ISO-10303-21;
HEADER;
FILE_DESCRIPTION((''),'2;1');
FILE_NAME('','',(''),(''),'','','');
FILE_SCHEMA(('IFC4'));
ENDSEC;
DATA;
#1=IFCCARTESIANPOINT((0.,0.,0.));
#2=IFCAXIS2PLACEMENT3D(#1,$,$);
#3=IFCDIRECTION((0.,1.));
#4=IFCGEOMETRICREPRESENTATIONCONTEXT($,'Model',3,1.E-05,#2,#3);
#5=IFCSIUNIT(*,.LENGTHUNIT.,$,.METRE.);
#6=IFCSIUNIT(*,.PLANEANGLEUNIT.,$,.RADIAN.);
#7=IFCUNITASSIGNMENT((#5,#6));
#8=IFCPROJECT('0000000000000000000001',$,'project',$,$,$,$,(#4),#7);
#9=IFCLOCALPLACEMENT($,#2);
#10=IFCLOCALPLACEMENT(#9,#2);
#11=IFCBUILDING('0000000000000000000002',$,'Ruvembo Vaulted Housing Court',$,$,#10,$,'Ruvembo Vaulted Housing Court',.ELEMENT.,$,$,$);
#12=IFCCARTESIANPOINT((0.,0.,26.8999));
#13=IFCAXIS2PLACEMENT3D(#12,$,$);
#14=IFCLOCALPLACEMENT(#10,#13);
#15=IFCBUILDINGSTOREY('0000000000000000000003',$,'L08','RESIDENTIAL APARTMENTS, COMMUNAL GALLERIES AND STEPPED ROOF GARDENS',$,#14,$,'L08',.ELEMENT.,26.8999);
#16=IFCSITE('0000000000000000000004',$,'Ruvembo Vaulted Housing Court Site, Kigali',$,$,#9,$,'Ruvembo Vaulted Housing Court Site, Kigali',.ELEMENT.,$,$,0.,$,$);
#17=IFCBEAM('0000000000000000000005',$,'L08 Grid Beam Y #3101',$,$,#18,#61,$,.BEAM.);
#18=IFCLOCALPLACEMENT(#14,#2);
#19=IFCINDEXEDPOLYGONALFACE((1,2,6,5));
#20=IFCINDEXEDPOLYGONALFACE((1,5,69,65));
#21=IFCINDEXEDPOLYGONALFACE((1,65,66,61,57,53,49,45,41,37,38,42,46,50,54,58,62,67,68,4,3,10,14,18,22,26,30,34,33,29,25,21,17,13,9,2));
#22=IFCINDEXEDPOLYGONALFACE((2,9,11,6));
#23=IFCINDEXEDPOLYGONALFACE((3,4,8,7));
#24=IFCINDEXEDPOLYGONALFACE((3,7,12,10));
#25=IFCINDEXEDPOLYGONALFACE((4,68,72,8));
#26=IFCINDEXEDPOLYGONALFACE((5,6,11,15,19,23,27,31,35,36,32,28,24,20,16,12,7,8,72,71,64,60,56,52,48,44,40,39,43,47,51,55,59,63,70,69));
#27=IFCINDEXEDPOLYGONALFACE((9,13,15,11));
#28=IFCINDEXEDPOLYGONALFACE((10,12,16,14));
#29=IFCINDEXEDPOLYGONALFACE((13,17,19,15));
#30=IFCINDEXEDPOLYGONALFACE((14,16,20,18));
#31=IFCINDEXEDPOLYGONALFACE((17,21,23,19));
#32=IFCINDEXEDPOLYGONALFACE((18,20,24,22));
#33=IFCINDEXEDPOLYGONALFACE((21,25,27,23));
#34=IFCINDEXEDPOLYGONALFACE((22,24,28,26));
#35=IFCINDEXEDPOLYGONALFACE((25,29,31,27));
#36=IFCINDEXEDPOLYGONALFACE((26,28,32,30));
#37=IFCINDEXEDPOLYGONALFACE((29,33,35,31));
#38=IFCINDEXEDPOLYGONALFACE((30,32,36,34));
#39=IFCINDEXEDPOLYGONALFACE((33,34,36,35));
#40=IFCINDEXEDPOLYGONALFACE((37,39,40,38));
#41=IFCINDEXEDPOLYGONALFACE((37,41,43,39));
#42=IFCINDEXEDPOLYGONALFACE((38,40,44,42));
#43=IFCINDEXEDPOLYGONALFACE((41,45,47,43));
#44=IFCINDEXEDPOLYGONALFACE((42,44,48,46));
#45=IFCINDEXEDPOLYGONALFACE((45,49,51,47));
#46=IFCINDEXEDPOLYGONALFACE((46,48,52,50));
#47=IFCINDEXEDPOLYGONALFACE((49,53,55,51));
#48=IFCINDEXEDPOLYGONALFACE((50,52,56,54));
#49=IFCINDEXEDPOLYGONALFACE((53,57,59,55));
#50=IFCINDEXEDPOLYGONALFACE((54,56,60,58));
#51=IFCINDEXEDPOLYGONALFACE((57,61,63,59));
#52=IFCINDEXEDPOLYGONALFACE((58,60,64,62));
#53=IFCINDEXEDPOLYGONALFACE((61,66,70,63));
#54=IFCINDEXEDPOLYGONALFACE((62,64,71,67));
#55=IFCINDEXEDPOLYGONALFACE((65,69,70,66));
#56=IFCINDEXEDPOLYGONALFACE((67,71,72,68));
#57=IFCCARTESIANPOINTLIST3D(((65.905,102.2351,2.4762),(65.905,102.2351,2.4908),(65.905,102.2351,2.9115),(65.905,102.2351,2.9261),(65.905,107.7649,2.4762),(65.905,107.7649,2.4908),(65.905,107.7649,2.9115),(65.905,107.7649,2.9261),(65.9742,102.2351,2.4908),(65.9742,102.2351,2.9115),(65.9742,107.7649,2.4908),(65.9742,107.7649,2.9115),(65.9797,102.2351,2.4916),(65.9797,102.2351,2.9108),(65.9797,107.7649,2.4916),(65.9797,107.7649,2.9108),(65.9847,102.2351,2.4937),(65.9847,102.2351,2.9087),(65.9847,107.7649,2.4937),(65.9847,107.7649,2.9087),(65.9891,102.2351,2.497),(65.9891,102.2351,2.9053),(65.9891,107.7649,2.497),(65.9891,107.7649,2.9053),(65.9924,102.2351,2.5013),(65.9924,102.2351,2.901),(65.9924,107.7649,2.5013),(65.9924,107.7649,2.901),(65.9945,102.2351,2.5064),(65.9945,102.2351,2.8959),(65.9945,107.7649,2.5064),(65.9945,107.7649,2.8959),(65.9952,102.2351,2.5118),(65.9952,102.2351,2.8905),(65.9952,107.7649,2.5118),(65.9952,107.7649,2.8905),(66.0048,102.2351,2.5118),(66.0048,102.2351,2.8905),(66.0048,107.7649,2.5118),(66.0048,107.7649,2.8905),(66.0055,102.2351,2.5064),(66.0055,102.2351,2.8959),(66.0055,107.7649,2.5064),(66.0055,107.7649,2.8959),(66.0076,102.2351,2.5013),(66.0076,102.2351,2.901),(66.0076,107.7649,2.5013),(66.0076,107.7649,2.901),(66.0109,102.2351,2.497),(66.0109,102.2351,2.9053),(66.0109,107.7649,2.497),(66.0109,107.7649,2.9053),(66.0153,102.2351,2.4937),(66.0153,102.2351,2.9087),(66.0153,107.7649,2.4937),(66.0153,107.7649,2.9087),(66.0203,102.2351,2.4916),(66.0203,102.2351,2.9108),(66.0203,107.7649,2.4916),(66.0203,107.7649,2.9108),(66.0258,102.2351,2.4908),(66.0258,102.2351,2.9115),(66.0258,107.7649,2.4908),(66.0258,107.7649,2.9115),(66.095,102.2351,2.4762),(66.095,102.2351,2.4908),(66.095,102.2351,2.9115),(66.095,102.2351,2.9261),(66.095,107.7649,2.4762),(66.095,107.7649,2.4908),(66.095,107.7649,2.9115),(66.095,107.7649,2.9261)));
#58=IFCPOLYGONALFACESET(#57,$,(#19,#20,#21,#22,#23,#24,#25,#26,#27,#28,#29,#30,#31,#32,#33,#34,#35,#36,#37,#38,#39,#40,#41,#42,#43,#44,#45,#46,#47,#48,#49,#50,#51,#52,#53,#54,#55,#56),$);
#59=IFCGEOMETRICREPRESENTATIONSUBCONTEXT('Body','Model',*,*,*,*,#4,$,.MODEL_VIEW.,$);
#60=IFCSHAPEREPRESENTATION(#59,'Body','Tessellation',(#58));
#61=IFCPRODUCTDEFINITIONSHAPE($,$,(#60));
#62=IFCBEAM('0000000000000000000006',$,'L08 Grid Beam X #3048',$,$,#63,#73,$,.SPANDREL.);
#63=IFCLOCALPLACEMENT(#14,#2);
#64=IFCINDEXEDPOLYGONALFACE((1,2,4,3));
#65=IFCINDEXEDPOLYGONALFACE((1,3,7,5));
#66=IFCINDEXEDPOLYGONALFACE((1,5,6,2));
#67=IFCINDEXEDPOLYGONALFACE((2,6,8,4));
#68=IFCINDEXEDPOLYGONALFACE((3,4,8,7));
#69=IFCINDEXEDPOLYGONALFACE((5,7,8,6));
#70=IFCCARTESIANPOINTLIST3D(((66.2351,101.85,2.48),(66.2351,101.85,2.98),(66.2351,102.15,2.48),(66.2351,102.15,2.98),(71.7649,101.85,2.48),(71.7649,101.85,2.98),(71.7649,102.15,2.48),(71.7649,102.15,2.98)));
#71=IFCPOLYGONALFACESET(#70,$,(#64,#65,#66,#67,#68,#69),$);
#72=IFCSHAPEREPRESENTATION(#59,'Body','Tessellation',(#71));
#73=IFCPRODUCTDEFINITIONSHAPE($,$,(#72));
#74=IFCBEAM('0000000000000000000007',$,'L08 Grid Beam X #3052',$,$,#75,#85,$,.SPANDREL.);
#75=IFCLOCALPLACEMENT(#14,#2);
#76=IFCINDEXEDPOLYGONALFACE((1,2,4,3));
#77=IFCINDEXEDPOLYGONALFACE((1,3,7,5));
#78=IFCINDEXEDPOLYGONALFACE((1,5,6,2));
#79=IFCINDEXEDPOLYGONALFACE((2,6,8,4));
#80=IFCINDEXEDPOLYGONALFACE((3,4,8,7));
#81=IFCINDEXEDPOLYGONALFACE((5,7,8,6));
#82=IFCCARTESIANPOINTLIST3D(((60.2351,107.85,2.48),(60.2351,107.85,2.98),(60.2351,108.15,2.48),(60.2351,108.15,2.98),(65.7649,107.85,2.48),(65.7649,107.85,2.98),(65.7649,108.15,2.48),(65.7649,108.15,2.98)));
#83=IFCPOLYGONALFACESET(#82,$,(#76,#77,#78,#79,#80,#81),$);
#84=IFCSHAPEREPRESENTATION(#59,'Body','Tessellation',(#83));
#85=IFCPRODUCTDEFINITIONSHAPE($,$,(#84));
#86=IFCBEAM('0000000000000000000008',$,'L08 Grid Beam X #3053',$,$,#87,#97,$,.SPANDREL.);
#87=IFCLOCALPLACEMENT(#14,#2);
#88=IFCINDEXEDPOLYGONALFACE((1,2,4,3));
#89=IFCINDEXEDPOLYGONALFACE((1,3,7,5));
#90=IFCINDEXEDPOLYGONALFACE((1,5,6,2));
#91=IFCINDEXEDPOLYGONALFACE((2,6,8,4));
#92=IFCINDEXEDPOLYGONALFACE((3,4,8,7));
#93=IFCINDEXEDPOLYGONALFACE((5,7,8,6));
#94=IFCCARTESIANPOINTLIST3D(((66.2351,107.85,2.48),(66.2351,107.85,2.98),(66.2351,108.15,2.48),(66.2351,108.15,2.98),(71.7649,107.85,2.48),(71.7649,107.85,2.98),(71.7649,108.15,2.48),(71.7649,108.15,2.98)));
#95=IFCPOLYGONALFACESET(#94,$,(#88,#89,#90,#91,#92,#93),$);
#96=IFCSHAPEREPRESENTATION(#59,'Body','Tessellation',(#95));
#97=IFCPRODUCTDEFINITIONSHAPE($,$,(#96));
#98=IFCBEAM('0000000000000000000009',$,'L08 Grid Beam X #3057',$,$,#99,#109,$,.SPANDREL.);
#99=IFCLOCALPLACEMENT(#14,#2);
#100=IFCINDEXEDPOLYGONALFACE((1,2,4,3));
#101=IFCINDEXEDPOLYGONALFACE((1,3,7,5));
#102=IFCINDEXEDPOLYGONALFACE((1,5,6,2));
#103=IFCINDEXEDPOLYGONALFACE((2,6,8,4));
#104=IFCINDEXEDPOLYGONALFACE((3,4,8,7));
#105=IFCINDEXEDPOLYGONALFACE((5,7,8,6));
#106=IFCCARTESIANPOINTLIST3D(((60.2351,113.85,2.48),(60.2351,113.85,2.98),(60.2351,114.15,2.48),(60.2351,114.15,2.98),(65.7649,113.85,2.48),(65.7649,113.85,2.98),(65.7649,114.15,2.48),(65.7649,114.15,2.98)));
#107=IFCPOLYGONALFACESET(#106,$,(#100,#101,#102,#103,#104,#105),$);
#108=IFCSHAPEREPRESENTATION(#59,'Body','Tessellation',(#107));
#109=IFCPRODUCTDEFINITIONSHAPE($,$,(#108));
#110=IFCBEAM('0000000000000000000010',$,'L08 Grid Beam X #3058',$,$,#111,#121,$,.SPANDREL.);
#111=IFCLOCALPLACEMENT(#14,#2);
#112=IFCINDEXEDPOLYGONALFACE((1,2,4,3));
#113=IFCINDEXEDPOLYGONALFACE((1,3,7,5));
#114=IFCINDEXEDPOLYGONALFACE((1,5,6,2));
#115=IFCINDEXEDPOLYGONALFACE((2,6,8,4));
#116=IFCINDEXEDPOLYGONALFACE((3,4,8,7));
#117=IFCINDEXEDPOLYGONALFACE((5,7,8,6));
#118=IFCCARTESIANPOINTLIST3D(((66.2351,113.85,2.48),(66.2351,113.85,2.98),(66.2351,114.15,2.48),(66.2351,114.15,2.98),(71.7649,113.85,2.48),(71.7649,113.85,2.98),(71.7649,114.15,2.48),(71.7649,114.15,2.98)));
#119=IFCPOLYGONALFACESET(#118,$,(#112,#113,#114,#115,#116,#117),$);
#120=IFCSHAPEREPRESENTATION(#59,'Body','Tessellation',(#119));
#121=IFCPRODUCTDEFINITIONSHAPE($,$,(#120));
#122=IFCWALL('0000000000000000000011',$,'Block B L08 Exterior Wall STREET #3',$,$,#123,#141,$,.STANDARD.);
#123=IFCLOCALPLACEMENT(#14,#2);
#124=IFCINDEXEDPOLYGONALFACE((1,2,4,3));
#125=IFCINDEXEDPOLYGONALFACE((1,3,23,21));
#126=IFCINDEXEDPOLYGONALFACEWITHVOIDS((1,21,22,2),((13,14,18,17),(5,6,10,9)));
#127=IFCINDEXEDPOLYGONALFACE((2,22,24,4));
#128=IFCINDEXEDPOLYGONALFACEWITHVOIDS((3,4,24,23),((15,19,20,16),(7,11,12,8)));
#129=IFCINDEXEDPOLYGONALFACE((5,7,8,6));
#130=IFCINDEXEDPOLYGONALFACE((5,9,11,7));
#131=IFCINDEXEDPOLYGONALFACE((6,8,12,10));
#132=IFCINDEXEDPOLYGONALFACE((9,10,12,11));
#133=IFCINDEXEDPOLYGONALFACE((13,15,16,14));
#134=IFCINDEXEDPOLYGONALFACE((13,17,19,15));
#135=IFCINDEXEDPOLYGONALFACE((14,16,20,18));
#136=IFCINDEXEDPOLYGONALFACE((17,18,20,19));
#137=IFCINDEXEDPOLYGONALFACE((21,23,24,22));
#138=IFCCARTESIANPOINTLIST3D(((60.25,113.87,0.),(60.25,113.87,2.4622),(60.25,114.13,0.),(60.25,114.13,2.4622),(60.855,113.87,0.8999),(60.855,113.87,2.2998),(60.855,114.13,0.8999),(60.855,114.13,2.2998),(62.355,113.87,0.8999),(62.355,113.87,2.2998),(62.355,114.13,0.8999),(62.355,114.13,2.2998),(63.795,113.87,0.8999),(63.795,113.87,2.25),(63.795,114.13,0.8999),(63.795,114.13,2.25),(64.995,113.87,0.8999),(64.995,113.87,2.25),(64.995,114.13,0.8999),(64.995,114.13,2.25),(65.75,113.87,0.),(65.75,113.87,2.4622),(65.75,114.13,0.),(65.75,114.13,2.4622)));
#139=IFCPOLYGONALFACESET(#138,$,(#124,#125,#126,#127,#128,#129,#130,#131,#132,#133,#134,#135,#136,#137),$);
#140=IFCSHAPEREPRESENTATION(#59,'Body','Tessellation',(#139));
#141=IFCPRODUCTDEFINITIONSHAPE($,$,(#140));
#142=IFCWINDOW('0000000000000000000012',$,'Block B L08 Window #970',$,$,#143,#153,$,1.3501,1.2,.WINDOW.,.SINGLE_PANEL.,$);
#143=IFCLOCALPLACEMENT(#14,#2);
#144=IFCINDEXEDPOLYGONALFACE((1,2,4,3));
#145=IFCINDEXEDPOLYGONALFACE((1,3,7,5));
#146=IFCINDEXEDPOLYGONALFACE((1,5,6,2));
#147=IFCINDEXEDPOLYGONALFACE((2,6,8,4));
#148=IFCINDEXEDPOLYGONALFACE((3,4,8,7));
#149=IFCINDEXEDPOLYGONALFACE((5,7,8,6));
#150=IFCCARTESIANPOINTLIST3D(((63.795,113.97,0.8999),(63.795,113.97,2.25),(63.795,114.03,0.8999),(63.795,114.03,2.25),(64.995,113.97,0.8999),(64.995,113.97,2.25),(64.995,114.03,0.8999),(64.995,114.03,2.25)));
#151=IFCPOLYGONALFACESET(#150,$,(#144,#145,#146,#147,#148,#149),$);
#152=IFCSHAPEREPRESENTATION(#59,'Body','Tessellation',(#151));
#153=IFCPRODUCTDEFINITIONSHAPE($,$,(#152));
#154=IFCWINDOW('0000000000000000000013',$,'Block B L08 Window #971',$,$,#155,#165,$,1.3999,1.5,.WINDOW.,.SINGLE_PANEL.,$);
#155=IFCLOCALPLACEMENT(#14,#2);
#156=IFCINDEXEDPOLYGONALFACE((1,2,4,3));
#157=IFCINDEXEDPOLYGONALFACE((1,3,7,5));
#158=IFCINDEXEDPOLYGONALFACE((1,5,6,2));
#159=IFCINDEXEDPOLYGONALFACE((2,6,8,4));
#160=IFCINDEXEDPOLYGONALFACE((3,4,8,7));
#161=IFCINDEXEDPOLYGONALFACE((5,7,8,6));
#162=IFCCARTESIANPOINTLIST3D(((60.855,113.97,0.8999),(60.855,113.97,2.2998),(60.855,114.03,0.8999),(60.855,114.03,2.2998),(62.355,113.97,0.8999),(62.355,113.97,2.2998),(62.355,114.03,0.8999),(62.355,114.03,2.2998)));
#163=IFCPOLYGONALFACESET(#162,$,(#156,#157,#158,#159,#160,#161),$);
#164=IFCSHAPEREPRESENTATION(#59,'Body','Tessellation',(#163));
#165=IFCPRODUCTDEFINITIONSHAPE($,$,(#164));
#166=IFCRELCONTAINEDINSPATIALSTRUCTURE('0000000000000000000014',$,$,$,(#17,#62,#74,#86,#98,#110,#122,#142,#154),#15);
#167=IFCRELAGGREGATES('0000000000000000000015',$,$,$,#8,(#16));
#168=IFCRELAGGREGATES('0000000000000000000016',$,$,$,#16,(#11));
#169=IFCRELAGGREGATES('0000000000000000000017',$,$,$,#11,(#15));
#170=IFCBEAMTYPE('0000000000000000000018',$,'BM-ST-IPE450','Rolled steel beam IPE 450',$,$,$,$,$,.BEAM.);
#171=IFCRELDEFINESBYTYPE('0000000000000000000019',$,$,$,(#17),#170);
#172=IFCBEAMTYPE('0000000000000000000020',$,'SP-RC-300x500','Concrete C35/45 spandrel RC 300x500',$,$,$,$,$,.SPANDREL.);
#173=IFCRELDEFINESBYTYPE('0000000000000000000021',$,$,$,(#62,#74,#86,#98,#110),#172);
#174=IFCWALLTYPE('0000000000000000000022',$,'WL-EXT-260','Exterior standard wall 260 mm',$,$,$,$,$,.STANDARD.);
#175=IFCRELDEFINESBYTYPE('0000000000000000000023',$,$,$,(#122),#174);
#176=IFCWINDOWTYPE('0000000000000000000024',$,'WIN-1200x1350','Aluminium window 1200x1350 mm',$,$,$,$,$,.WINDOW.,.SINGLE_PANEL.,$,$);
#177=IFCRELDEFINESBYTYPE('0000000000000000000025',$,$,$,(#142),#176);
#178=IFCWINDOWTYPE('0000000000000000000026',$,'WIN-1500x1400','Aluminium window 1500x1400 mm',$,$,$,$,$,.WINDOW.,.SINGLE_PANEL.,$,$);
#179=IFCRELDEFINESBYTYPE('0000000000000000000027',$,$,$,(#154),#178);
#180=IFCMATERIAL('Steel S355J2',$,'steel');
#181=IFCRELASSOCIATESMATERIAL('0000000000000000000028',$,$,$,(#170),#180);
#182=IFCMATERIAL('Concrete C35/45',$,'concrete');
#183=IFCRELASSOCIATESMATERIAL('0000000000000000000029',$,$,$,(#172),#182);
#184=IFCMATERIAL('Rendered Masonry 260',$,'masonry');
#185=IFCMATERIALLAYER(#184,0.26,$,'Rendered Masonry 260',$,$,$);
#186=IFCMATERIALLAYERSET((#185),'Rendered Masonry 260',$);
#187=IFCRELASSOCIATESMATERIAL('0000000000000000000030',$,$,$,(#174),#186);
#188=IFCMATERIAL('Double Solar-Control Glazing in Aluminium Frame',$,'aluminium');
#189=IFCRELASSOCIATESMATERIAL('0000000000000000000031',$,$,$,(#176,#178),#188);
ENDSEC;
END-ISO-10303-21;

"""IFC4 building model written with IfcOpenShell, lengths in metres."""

from ifc_helpers import new_model, si_unit, direction, frame, frame_2d, origin, origin_2d, place, context, subcontext, project, spatial, rectangle, i_section, extrude, material, layer, layer_set, material_profile, profile_set, type_object, element, fill, save


model = new_model("IFC4")

# Units and contexts
model_context = context("Model", 3, precision=1e-05, world=origin(), true_north=direction((0.0, 1.0)))
body_context = subcontext(model_context, "Body", "Model", "MODEL_VIEW")
ifc_project = project(units=[si_unit("LENGTHUNIT", "METRE"), si_unit("PLANEANGLEUNIT", "RADIAN")], contexts=[model_context])

# Site, building, storey
site_placement = place(None, origin())
site = spatial("IfcSite", under=ifc_project, at=site_placement, Name="Ruvembo Vaulted Housing Court Site, Kigali", LongName="Ruvembo Vaulted Housing Court Site, Kigali", CompositionType="ELEMENT", RefElevation=0.0)
building_placement = place(site_placement, origin())
building = spatial("IfcBuilding", under=site, at=building_placement, Name="Ruvembo Vaulted Housing Court", LongName="Ruvembo Vaulted Housing Court", CompositionType="ELEMENT")
storey_placement = place(building_placement, frame((0.0, 0.0, 26.8999)))
storey = spatial("IfcBuildingStorey", under=building, at=storey_placement, Name="L08", Description="RESIDENTIAL APARTMENTS, COMMUNAL GALLERIES AND STEPPED ROOF GARDENS", LongName="L08", CompositionType="ELEMENT", Elevation=26.8999)

# Shared definitions
ifc_material_1 = material(Name="Concrete C35/45", Category="concrete")

# Beams
ifc_material_2 = material(Name="Steel S355J2", Category="steel")
ifc_material_profile_1 = material_profile(ifc_material_2, i_section(OverallWidth=0.1899, OverallDepth=0.45, WebThickness=0.0095, FlangeThickness=0.0146, FilletRadius=0.021, at=origin_2d()), Name="IPE 450")
ifc_profile_set_1 = profile_set([ifc_material_profile_1], Name="Steel S355J2")
beam_type_1 = type_object("IfcBeamType", Name="BM-ST-IPE450", Description="Rolled steel beam IPE 450", PredefinedType="BEAM", material=ifc_profile_set_1)
for number, where, z_axis, x_axis, name in (
    (1, (66.0, 102.2351, 2.7012), (0.0, 1.0, 0.0), (-1.0, 0.0, 0.0), "L08 Grid Beam Y #3101"),
):
    element("IfcBeam", number, at=place(storey_placement, frame(where, z_axis=z_axis, x_axis=x_axis)), inside=storey, type_object=beam_type_1, Name=name, PredefinedType="BEAM", context=body_context, shape_type="SweptSolid", body=[
        extrude(i_section(OverallWidth=0.1899, OverallDepth=0.45, WebThickness=0.0095, FlangeThickness=0.0146, FilletRadius=0.021, at=origin_2d()), origin(), (0.0, 0.0, 1.0), 5.5298),
    ])
ifc_material_profile_2 = material_profile(ifc_material_1, rectangle(XDim=0.3, YDim=0.5, at=origin_2d()), Name="RC 300x500")
ifc_profile_set_2 = profile_set([ifc_material_profile_2], Name="Concrete C35/45")
beam_type_2 = type_object("IfcBeamType", Name="SP-RC-300x500", Description="Concrete C35/45 spandrel RC 300x500", PredefinedType="SPANDREL", material=ifc_profile_set_2)
for number, where, z_axis, x_axis, name in (
    (2, (66.2351, 102.0, 2.73), (1.0, 0.0, 0.0), (0.0, 1.0, 0.0), "L08 Grid Beam X #3048"),
    (3, (60.2351, 108.0, 2.73), (1.0, 0.0, 0.0), (0.0, 1.0, 0.0), "L08 Grid Beam X #3052"),
    (4, (66.2351, 108.0, 2.73), (1.0, 0.0, 0.0), (0.0, 1.0, 0.0), "L08 Grid Beam X #3053"),
    (5, (60.2351, 114.0, 2.73), (1.0, 0.0, 0.0), (0.0, 1.0, 0.0), "L08 Grid Beam X #3057"),
    (6, (66.2351, 114.0, 2.73), (1.0, 0.0, 0.0), (0.0, 1.0, 0.0), "L08 Grid Beam X #3058"),
):
    element("IfcBeam", number, at=place(storey_placement, frame(where, z_axis=z_axis, x_axis=x_axis)), inside=storey, type_object=beam_type_2, Name=name, PredefinedType="SPANDREL", context=body_context, shape_type="SweptSolid", body=[
        extrude(rectangle(XDim=0.3, YDim=0.5, at=origin_2d()), origin(), (0.0, 0.0, 1.0), 5.5298),
    ])

# Wall, openings, windows
ifc_material_3 = material(Name="Rendered Masonry 260", Category="masonry")
ifc_layer_1 = layer(ifc_material_3, 0.26, Name="Rendered Masonry 260")
ifc_layer_set_1 = layer_set([ifc_layer_1], Name="Rendered Masonry 260")
wall_type_1 = type_object("IfcWallType", Name="WL-EXT-260", Description="Exterior standard wall 260 mm", PredefinedType="STANDARD", material=ifc_layer_set_1)
wall_1_placement = place(storey_placement, frame((65.75, 114.0, 0.0), z_axis=(0.0, 0.0, 1.0), x_axis=(-1.0, 0.0, 0.0)))
wall_1 = element("IfcWall", 7, at=wall_1_placement, inside=storey, type_object=wall_type_1, Name="Block B L08 Exterior Wall STREET #3", PredefinedType="STANDARD", context=body_context, shape_type="SweptSolid", body=[
    extrude(rectangle(XDim=5.5, YDim=0.26, at=frame_2d((2.75, 0.0))), origin(), (0.0, 0.0, 1.0), 2.4622),
])
opening_1_placement = place(wall_1_placement, frame((0.7549, 0.0, 0.8999)))
opening_1 = element("IfcOpeningElement", 8, at=opening_1_placement, cuts=wall_1, PredefinedType="OPENING", context=body_context, shape_type="SweptSolid", body=[
    extrude(rectangle(XDim=1.2, YDim=1.3501, at=frame_2d((0.6001, 0.675))), frame((0.0, 0.1399, 0.0), z_axis=(0.0, -1.0, 0.0), x_axis=(1.0, 0.0, 0.0)), (0.0, 0.0, 1.0), 0.28),
])
opening_2_placement = place(wall_1_placement, frame((3.395, 0.0, 0.8999)))
opening_2 = element("IfcOpeningElement", 9, at=opening_2_placement, cuts=wall_1, PredefinedType="OPENING", context=body_context, shape_type="SweptSolid", body=[
    extrude(rectangle(XDim=1.5, YDim=1.3999, at=frame_2d((0.75, 0.7))), frame((0.0, 0.1399, 0.0), z_axis=(0.0, -1.0, 0.0), x_axis=(1.0, 0.0, 0.0)), (0.0, 0.0, 1.0), 0.28),
])
ifc_material_4 = material(Name="Double Solar-Control Glazing in Aluminium Frame", Category="aluminium")
window_type_1 = type_object("IfcWindowType", Name="WIN-1200x1350", Description="Aluminium window 1200x1350 mm", PartitioningType="SINGLE_PANEL", PredefinedType="WINDOW", material=ifc_material_4)
window_1_placement = place(opening_1_placement, origin())
window_1 = element("IfcWindow", 10, at=window_1_placement, inside=storey, type_object=window_type_1, Name="Block B L08 Window #970", OverallHeight=1.3501, OverallWidth=1.2, PartitioningType="SINGLE_PANEL", PredefinedType="WINDOW", context=body_context, shape_type="SweptSolid", body=[
    extrude(rectangle(XDim=1.2, YDim=1.3501, at=frame_2d((0.6001, 0.675))), frame((0.0, 0.03, 0.0), z_axis=(0.0, -1.0, 0.0), x_axis=(1.0, 0.0, 0.0)), (0.0, 0.0, 1.0), 0.0601),
])
fill(opening_1, window_1)
window_type_2 = type_object("IfcWindowType", Name="WIN-1500x1400", Description="Aluminium window 1500x1400 mm", PartitioningType="SINGLE_PANEL", PredefinedType="WINDOW", material=ifc_material_4)
window_2_placement = place(opening_2_placement, origin())
window_2 = element("IfcWindow", 11, at=window_2_placement, inside=storey, type_object=window_type_2, Name="Block B L08 Window #971", OverallHeight=1.3999, OverallWidth=1.5, PartitioningType="SINGLE_PANEL", PredefinedType="WINDOW", context=body_context, shape_type="SweptSolid", body=[
    extrude(rectangle(XDim=1.5, YDim=1.3999, at=frame_2d((0.75, 0.7))), frame((0.0, 0.03, 0.0), z_axis=(0.0, -1.0, 0.0), x_axis=(1.0, 0.0, 0.0)), (0.0, 0.0, 1.0), 0.0601),
])
fill(opening_2, window_2)

save(model, "model.ifc")
